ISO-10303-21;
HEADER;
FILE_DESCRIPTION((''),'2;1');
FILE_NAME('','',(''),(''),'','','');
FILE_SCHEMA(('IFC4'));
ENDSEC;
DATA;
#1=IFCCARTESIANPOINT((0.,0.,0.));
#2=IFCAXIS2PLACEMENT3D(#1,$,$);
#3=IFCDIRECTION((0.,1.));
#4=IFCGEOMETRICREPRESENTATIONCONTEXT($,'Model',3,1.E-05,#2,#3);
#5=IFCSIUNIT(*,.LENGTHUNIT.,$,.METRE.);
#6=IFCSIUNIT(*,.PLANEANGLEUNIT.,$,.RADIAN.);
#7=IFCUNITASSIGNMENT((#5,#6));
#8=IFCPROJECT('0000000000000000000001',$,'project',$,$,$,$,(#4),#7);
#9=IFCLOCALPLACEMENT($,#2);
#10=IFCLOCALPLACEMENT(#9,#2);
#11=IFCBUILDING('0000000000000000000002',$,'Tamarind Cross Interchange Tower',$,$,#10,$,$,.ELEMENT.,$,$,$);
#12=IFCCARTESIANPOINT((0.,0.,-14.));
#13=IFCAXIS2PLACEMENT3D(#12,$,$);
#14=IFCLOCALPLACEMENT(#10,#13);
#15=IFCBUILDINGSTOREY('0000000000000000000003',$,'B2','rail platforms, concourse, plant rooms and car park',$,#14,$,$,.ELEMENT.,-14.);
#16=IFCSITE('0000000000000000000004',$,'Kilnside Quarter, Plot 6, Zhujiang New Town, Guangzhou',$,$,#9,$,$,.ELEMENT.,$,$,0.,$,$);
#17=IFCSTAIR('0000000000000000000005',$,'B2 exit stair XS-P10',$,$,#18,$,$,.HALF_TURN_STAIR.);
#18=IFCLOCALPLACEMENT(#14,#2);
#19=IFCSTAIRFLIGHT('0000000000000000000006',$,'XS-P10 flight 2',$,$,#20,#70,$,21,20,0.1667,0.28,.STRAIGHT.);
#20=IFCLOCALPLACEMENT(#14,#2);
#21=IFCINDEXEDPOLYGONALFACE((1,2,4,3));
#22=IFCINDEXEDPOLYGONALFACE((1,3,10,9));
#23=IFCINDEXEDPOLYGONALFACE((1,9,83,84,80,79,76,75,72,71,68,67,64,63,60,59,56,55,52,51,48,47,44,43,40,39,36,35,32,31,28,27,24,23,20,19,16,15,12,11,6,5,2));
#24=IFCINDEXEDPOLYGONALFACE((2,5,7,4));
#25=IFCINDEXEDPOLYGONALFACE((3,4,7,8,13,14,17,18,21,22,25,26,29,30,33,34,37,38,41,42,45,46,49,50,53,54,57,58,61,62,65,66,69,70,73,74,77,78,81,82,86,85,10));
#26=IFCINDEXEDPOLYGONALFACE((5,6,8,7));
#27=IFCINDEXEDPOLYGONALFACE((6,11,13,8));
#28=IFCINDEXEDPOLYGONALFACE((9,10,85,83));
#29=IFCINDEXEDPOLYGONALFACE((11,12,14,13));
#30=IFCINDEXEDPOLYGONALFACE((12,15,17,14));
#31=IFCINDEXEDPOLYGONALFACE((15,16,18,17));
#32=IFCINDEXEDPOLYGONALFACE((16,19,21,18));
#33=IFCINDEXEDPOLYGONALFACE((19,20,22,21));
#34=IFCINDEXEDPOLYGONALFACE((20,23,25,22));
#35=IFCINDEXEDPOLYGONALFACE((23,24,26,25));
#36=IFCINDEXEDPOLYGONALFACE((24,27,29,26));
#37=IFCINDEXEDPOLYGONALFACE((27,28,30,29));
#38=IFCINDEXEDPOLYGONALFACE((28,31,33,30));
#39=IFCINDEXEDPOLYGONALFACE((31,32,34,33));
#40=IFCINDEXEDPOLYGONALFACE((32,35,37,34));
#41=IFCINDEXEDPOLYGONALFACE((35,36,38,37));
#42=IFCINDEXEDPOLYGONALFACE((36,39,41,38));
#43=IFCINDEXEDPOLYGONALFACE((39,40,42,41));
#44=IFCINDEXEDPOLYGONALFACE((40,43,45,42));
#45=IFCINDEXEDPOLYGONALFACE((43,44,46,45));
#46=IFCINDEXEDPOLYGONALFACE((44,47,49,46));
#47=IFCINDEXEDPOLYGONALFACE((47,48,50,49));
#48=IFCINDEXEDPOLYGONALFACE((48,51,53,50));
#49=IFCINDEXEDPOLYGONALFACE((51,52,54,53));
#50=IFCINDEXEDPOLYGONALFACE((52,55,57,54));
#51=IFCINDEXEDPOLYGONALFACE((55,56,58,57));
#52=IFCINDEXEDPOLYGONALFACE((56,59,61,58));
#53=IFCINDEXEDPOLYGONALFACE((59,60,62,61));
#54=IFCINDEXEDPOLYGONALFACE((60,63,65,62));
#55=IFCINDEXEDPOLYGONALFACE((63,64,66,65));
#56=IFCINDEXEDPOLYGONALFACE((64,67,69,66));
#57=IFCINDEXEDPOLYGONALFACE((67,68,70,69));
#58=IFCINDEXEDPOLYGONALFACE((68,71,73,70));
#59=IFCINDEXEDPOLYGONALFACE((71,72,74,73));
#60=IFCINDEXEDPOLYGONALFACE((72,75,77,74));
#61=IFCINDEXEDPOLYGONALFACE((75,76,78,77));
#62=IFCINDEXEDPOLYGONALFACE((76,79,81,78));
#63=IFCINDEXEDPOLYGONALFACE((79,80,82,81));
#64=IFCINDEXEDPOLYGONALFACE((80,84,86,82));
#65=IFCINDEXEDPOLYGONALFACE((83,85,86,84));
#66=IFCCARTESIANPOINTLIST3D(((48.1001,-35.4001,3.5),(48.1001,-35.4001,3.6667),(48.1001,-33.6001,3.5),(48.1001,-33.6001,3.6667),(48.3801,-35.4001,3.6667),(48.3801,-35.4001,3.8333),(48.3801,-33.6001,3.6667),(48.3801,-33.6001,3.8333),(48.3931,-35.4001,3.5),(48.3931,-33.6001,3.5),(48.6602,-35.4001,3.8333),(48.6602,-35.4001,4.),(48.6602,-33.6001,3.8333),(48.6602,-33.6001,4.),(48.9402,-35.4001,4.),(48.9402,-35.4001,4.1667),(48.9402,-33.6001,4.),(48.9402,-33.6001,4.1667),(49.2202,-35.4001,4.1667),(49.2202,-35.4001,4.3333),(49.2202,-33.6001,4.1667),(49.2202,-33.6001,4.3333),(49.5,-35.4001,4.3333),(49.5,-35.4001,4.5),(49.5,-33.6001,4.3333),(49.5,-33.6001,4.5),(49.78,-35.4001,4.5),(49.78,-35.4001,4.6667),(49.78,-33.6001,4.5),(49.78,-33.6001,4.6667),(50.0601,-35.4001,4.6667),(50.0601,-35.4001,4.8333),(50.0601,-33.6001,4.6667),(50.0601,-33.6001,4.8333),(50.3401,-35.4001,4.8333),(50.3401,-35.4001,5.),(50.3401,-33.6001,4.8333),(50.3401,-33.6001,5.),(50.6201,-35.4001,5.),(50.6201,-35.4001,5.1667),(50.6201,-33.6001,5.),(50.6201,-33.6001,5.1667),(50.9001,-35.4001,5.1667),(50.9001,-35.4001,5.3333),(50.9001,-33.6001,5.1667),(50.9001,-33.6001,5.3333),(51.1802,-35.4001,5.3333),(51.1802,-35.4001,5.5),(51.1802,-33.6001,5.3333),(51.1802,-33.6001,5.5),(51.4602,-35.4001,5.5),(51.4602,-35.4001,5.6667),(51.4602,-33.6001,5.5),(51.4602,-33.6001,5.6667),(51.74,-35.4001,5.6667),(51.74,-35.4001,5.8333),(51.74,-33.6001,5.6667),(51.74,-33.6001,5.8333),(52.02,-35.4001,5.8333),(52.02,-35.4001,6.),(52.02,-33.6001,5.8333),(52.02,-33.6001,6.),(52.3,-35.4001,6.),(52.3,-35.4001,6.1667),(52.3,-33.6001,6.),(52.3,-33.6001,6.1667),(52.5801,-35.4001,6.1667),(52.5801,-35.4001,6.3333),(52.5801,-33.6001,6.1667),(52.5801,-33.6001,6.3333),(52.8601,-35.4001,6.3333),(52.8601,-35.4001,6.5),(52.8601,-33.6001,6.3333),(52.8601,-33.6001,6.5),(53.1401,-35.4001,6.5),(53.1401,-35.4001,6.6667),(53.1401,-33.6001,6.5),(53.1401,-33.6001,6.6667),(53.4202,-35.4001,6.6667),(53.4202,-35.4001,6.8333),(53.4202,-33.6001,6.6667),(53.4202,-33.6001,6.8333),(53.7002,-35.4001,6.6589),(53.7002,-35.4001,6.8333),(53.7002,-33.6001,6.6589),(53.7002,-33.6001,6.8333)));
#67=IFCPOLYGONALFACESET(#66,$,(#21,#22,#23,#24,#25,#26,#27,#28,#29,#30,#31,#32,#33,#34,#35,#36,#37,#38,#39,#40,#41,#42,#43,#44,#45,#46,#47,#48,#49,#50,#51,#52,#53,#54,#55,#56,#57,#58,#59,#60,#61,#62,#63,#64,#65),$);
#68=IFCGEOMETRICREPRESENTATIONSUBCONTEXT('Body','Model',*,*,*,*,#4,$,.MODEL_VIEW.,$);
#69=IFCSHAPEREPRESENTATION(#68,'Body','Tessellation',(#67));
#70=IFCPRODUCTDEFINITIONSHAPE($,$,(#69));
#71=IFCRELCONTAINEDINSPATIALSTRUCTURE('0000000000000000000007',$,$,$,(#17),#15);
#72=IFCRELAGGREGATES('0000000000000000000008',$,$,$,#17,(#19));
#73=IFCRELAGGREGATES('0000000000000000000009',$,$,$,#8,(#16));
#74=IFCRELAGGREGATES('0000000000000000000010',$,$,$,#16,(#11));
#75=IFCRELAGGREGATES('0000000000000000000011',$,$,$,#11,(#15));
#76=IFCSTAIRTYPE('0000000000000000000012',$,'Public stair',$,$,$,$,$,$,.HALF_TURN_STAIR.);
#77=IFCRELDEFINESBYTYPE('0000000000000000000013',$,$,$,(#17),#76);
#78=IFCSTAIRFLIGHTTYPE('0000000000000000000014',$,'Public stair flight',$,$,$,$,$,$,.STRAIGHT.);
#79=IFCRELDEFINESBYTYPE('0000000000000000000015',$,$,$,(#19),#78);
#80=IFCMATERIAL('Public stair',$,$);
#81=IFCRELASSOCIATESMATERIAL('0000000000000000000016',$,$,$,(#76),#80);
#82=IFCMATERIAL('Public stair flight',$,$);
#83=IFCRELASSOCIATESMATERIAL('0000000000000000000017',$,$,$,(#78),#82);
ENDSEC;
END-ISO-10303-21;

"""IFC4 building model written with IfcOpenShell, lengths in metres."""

from ifc_helpers import new_model, si_unit, direction, frame, origin, place, context, subcontext, project, spatial, polyline, outline, extrude, material, type_object, element, aggregate, save


model = new_model("IFC4")

# Units and contexts
model_context = context("Model", 3, precision=1e-05, world=origin(), true_north=direction((0.0, 1.0)))
body_context = subcontext(model_context, "Body", "Model", "MODEL_VIEW")
ifc_project = project(units=[si_unit("LENGTHUNIT", "METRE"), si_unit("PLANEANGLEUNIT", "RADIAN")], contexts=[model_context])

# Site, building, storey
site_placement = place(None, origin())
site = spatial("IfcSite", under=ifc_project, at=site_placement, Name="Kilnside Quarter, Plot 6, Zhujiang New Town, Guangzhou", CompositionType="ELEMENT", RefElevation=0.0)
building_placement = place(site_placement, origin())
building = spatial("IfcBuilding", under=site, at=building_placement, Name="Tamarind Cross Interchange Tower", CompositionType="ELEMENT")
storey_placement = place(building_placement, frame((0.0, 0.0, -14.0)))
storey = spatial("IfcBuildingStorey", under=building, at=storey_placement, Name="B2", Description="rail platforms, concourse, plant rooms and car park", CompositionType="ELEMENT", Elevation=-14.0)

# Stair, stair flight
ifc_material_1 = material(Name="Public stair")
stair_type = type_object("IfcStairType", Name="Public stair", PredefinedType="HALF_TURN_STAIR", material=ifc_material_1)
stair_placement = place(storey_placement, origin())
stair = element("IfcStair", 1, at=stair_placement, inside=storey, type_object=stair_type, Name="B2 exit stair XS-P10", PredefinedType="HALF_TURN_STAIR")
ifc_material_2 = material(Name="Public stair flight")
stair_flight_type = type_object("IfcStairFlightType", Name="Public stair flight", PredefinedType="STRAIGHT", material=ifc_material_2)
stair_flight_1_placement = place(storey_placement, frame((48.1001, -34.5, 3.5), z_axis=(0.0, 0.0, 1.0), x_axis=(1.0, 0.0, 0.0)))
stair_flight_1 = element("IfcStairFlight", 2, at=stair_flight_1_placement, type_object=stair_flight_type, Name="XS-P10 flight 2", NumberOfRisers=21, NumberOfTreads=20, PredefinedType="STRAIGHT", RiserHeight=0.1667, TreadLength=0.28, context=body_context, shape_type="SweptSolid", body=[
    extrude(outline(polyline([(0.0, 0.0), (0.0, 0.1667), (0.28, 0.1667), (0.28, 0.3333), (0.5601, 0.3333), (0.5601, 0.5), (0.8401, 0.5), (0.8401, 0.6667), (1.1201, 0.6667), (1.1201, 0.8333), (1.3999, 0.8333), (1.3999, 1.0), (1.6799, 1.0), (1.6799, 1.1667), (1.96, 1.1667), (1.96, 1.3333), (2.24, 1.3333), (2.24, 1.5), (2.52, 1.5), (2.52, 1.6667), (2.8, 1.6667), (2.8, 1.8333), (3.0801, 1.8333), (3.0801, 2.0), (3.3601, 2.0), (3.3601, 2.1667), (3.6399, 2.1667), (3.6399, 2.3333), (3.9199, 2.3333), (3.9199, 2.5), (4.2, 2.5), (4.2, 2.6667), (4.48, 2.6667), (4.48, 2.8333), (4.76, 2.8333), (4.76, 3.0), (5.04, 3.0), (5.04, 3.1667), (5.3201, 3.1667), (5.3201, 3.3333), (5.6001, 3.3333), (5.6001, 3.5), (5.6001, 3.1589), (0.293, 0.0), (0.0, 0.0)])), frame((0.0, 0.8999, 0.0), z_axis=(0.0, -1.0, 0.0), x_axis=(1.0, 0.0, 0.0)), (0.0, 0.0, 1.0), 1.8),
])
aggregate(stair, [stair_flight_1])

save(model, "model.ifc")
